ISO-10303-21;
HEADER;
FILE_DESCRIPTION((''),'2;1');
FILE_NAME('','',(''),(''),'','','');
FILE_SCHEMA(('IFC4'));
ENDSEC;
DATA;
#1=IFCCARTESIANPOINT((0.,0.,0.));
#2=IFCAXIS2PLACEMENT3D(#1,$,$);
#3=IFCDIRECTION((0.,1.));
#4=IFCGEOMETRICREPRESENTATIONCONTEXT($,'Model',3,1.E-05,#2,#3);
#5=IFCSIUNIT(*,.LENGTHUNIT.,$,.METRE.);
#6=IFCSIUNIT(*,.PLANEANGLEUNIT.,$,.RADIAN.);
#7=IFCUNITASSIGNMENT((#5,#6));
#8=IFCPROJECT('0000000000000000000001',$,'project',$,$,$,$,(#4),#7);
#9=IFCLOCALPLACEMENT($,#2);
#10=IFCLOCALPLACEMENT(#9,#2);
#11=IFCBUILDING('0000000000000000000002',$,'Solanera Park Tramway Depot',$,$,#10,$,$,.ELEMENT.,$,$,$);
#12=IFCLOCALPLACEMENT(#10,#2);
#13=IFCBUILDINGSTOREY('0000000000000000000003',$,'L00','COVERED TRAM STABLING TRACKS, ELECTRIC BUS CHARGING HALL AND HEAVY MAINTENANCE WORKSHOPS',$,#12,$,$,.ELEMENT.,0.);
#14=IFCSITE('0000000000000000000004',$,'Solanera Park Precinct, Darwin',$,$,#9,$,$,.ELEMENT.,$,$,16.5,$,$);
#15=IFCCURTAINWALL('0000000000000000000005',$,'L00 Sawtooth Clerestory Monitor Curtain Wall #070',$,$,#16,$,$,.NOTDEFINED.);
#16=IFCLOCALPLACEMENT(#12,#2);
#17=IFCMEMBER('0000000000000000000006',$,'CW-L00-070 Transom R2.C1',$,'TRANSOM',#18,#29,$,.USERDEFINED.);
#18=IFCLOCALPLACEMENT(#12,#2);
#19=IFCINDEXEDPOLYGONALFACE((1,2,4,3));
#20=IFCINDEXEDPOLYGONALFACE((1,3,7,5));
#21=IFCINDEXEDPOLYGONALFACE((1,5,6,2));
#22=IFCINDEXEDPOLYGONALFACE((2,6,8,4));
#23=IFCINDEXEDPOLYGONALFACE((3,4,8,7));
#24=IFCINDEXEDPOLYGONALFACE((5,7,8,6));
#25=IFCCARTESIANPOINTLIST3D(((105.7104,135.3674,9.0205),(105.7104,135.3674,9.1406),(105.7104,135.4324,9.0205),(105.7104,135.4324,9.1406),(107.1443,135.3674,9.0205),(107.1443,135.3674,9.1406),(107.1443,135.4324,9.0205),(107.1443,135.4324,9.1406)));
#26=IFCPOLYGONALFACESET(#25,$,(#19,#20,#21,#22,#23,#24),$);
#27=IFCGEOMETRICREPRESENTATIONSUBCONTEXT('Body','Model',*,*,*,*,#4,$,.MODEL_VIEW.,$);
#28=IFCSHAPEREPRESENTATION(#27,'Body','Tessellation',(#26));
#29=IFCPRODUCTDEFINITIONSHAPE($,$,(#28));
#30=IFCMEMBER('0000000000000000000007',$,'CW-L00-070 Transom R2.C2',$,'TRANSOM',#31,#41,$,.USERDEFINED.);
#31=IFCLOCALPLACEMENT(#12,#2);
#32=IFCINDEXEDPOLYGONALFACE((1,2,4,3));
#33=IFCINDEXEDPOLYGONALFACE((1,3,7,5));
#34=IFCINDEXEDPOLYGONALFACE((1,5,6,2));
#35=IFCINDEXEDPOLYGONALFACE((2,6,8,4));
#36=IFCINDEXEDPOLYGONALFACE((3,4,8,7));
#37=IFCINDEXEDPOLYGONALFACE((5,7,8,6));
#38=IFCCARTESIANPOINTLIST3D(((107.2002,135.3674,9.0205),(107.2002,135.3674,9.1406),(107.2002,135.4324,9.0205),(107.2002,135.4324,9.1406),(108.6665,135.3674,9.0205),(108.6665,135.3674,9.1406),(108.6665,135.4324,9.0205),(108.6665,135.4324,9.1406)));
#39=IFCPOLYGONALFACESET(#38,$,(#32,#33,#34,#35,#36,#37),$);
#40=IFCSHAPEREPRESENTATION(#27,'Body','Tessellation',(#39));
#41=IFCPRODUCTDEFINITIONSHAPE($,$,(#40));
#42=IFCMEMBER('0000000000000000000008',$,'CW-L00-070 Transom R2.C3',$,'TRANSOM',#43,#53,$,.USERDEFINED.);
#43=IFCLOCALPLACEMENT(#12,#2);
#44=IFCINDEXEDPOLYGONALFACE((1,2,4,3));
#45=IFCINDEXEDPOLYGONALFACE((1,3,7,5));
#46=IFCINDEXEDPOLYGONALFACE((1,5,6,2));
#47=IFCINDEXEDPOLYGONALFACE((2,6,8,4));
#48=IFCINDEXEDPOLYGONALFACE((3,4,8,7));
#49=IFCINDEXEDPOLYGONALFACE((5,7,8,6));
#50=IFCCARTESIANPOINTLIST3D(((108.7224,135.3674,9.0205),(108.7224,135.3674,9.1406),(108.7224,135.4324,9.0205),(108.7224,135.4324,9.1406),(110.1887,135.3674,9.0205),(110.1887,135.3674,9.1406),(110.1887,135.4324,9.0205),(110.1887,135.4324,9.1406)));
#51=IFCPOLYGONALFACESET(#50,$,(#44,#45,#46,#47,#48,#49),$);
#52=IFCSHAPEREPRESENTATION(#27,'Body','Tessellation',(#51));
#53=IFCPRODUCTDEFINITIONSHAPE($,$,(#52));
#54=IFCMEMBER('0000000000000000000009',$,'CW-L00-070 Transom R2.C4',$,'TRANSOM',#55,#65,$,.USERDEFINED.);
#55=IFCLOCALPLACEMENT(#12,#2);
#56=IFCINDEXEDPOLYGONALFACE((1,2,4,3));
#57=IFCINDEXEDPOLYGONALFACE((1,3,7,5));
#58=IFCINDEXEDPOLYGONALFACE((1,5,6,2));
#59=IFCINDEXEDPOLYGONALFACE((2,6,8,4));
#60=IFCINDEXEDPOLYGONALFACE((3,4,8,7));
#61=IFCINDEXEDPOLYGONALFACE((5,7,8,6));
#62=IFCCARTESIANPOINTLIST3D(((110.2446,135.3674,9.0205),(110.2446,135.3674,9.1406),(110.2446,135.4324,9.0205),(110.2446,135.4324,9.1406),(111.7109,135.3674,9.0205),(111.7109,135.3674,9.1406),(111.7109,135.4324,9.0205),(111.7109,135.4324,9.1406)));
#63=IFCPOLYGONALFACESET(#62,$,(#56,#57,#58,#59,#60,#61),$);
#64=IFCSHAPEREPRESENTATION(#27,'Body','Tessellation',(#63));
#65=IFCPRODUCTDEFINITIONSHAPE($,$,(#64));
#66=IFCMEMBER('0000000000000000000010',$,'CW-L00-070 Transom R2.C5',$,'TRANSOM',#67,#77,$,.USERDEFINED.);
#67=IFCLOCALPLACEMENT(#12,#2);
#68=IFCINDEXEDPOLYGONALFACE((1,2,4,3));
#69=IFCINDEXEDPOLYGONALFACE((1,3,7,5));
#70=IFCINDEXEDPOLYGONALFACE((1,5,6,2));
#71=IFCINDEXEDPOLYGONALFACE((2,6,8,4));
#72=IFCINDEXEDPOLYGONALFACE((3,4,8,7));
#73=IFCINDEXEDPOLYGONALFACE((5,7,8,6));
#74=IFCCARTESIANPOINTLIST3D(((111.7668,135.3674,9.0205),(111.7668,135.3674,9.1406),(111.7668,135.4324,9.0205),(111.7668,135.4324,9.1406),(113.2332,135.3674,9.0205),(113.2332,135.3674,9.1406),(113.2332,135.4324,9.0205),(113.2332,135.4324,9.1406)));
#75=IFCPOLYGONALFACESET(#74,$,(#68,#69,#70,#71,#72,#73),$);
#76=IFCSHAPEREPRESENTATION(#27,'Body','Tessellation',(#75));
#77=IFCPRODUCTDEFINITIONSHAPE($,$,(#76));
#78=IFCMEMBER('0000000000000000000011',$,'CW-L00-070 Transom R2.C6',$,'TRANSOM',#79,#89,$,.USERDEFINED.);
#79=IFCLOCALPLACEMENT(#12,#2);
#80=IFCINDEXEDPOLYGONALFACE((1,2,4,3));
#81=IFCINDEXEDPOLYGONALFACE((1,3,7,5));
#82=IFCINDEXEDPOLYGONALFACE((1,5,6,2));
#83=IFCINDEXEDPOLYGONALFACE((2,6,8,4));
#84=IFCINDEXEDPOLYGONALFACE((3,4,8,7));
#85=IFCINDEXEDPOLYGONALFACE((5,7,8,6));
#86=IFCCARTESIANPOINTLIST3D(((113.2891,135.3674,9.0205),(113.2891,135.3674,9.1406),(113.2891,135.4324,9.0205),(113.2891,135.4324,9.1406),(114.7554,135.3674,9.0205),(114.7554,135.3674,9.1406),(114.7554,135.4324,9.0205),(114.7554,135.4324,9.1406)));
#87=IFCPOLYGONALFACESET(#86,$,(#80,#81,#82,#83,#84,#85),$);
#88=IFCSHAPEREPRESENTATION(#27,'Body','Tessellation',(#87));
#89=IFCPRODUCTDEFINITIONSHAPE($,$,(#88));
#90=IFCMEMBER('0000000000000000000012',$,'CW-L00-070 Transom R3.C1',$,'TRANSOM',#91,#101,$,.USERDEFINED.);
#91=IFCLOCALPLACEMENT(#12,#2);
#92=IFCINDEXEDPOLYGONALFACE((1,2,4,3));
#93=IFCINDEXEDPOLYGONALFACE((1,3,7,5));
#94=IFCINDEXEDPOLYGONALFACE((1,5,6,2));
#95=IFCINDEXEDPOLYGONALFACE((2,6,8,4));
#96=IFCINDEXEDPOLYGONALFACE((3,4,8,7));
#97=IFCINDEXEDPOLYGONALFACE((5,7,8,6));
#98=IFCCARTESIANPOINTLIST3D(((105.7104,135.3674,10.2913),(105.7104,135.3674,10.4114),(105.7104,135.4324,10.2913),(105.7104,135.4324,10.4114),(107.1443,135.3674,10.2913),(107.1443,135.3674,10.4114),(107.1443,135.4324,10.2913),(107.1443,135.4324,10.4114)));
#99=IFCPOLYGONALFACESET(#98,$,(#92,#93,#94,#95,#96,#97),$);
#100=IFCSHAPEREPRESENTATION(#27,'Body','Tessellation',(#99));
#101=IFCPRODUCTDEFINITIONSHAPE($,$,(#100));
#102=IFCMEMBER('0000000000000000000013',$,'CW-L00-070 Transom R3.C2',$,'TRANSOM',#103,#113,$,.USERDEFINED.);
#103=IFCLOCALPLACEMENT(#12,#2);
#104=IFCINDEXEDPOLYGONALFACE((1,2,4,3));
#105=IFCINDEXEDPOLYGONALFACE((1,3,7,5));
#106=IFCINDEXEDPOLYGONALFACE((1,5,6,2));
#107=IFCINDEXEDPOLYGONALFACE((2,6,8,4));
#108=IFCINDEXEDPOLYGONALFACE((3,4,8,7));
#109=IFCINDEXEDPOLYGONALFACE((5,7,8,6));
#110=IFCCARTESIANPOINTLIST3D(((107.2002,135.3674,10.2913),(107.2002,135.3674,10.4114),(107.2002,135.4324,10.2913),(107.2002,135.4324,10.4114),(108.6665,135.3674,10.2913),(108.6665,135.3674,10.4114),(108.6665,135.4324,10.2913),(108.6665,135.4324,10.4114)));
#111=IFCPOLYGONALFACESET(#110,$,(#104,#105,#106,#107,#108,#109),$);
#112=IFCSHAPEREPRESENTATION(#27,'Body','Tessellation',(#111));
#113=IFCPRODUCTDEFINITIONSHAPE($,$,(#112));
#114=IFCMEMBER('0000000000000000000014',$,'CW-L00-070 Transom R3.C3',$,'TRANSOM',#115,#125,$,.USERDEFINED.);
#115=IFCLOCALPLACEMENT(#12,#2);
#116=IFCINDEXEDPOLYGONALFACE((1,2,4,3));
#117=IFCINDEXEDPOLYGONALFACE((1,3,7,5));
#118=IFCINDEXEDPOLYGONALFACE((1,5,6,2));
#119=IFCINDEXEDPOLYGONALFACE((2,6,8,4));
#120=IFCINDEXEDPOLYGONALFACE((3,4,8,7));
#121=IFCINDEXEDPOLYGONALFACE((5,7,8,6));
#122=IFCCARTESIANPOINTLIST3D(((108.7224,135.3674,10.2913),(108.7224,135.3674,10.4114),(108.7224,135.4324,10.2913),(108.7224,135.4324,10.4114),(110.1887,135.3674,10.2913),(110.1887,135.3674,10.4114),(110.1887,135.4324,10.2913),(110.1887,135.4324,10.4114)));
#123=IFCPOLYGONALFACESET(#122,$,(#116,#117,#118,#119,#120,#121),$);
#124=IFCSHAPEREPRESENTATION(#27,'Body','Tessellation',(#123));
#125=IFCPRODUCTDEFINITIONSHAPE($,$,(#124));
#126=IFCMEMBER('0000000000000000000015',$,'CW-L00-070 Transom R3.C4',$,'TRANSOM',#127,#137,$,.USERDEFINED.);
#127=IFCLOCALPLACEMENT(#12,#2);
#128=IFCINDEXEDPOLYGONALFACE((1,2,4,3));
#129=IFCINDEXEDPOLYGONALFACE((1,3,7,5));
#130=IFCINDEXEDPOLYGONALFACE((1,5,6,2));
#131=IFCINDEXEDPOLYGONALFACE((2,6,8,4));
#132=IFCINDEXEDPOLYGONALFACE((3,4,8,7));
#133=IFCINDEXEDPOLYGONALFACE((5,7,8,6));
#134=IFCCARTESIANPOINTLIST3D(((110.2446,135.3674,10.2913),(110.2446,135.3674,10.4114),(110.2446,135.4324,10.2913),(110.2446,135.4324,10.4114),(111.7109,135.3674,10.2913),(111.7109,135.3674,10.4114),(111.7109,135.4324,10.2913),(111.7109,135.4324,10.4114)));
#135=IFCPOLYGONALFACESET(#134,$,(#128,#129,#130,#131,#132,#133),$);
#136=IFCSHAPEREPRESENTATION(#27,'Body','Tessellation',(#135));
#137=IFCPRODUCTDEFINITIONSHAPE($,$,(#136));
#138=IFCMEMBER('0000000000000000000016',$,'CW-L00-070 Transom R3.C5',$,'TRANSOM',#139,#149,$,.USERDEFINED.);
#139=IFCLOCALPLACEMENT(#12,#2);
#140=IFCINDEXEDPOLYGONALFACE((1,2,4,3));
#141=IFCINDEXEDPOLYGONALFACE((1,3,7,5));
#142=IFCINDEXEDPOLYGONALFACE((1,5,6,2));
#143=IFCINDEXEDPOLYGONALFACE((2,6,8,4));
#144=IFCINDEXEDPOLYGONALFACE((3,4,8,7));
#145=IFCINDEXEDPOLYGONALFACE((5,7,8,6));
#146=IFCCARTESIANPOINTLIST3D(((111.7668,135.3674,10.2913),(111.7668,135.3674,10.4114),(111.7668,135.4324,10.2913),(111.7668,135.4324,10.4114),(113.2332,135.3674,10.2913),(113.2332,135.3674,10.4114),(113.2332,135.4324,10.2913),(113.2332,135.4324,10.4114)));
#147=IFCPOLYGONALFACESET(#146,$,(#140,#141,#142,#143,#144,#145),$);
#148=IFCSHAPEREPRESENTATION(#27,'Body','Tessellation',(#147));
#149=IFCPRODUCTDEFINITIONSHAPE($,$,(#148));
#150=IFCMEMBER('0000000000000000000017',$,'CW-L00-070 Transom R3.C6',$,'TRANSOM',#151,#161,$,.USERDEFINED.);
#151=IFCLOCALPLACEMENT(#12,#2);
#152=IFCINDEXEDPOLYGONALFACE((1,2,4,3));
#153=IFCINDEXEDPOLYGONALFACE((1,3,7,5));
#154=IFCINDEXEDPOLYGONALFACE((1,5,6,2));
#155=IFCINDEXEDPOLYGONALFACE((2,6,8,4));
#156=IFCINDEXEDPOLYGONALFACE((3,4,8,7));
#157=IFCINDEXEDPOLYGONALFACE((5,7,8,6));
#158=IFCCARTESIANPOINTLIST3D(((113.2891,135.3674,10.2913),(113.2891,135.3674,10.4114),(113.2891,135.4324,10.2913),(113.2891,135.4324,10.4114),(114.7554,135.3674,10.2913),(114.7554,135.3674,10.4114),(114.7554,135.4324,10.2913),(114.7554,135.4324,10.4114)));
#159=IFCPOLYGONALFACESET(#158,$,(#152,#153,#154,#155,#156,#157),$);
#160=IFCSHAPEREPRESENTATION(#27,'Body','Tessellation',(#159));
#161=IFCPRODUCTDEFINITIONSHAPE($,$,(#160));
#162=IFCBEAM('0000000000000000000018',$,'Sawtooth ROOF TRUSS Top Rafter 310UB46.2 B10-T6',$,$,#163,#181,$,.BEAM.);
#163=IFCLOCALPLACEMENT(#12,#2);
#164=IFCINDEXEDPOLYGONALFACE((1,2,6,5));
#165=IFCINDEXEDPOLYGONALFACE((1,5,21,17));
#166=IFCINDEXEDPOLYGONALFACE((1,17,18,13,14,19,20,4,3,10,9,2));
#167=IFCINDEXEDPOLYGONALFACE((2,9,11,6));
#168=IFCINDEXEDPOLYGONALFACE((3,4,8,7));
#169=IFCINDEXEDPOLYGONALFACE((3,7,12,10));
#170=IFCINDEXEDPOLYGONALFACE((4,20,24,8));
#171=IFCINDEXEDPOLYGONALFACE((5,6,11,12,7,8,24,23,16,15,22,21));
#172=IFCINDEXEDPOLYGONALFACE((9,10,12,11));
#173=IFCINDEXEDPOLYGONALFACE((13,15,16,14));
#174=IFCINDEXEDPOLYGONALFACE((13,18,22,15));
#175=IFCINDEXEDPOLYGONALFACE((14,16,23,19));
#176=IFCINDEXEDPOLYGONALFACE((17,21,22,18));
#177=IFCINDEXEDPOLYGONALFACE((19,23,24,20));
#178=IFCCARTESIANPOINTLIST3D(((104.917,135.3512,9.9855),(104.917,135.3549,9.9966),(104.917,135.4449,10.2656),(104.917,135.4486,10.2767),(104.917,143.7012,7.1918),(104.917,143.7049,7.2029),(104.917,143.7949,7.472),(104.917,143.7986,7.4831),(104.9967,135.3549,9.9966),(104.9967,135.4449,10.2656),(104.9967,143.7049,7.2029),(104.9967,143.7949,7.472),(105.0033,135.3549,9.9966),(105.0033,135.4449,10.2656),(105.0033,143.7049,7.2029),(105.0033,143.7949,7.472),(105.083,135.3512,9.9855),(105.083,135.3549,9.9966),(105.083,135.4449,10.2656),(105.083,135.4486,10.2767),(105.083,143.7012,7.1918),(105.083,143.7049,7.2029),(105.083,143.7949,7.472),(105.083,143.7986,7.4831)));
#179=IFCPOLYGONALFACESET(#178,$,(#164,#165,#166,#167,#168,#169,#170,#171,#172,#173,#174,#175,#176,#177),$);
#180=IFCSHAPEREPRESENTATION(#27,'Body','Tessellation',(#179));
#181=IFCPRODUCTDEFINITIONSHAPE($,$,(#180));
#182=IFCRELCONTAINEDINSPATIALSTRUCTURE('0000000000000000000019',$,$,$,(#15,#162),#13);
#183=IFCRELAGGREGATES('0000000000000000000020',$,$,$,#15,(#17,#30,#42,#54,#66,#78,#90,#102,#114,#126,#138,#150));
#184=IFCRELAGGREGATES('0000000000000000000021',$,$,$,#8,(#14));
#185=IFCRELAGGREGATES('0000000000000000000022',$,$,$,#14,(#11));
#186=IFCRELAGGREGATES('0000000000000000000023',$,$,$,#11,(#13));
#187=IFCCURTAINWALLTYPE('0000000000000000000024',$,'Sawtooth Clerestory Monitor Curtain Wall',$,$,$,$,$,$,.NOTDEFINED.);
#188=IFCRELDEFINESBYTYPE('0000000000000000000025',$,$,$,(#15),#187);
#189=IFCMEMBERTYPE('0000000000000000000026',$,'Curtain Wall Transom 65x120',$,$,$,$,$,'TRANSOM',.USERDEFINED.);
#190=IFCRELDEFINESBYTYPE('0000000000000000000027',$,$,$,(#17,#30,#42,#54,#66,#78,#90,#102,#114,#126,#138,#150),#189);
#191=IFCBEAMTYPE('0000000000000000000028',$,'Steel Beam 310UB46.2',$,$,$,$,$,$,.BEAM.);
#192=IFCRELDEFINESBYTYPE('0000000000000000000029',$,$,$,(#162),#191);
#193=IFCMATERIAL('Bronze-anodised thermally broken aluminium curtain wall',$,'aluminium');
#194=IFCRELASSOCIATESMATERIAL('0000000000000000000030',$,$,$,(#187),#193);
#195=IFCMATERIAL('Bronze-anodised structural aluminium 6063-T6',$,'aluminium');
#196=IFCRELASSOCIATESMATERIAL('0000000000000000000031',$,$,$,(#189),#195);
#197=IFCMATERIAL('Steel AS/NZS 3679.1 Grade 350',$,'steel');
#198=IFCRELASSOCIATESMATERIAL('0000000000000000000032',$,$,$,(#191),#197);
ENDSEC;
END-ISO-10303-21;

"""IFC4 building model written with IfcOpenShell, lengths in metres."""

from ifc_helpers import new_model, si_unit, direction, frame, origin, origin_2d, place, context, subcontext, project, spatial, rectangle, i_section, extrude, material, material_profile, profile_set, type_object, element, aggregate, save


model = new_model("IFC4")

# Units and contexts
model_context = context("Model", 3, precision=1e-05, world=origin(), true_north=direction((0.0, 1.0)))
body_context = subcontext(model_context, "Body", "Model", "MODEL_VIEW")
ifc_project = project(units=[si_unit("LENGTHUNIT", "METRE"), si_unit("PLANEANGLEUNIT", "RADIAN")], contexts=[model_context])

# Site, building, storey
site_placement = place(None, origin())
site = spatial("IfcSite", under=ifc_project, at=site_placement, Name="Solanera Park Precinct, Darwin", CompositionType="ELEMENT", RefElevation=16.5)
building_placement = place(site_placement, origin())
building = spatial("IfcBuilding", under=site, at=building_placement, Name="Solanera Park Tramway Depot", CompositionType="ELEMENT")
storey_placement = place(building_placement, origin())
storey = spatial("IfcBuildingStorey", under=building, at=storey_placement, Name="L00", Description="COVERED TRAM STABLING TRACKS, ELECTRIC BUS CHARGING HALL AND HEAVY MAINTENANCE WORKSHOPS", CompositionType="ELEMENT", Elevation=0.0)

# Curtain wall, members
ifc_material_1 = material(Name="Bronze-anodised thermally broken aluminium curtain wall", Category="aluminium")
curtain_wall_type = type_object("IfcCurtainWallType", Name="Sawtooth Clerestory Monitor Curtain Wall", PredefinedType="NOTDEFINED", material=ifc_material_1)
curtain_wall_placement = place(storey_placement, origin())
curtain_wall = element("IfcCurtainWall", 1, at=curtain_wall_placement, inside=storey, type_object=curtain_wall_type, Name="L00 Sawtooth Clerestory Monitor Curtain Wall #070", PredefinedType="NOTDEFINED")
ifc_material_2 = material(Name="Bronze-anodised structural aluminium 6063-T6", Category="aluminium")
ifc_material_profile_1 = material_profile(ifc_material_2, rectangle(XDim=0.0649, YDim=0.1201, at=origin_2d()), Name="Curtain Wall Transom 65x120")
ifc_profile_set_1 = profile_set([ifc_material_profile_1], Name="Bronze-anodised structural aluminium 6063-T6")
member_type = type_object("IfcMemberType", Name="Curtain Wall Transom 65x120", ElementType="TRANSOM", PredefinedType="USERDEFINED", material=ifc_profile_set_1)
member_1_placement = place(storey_placement, frame((105.7104, 135.3999, 9.0806), z_axis=(1.0, 0.0, 0.0), x_axis=(0.0, 1.0, 0.0)))
member_1 = element("IfcMember", 2, at=member_1_placement, type_object=member_type, Name="CW-L00-070 Transom R2.C1", ObjectType="TRANSOM", PredefinedType="USERDEFINED", context=body_context, shape_type="SweptSolid", body=[
    extrude(rectangle(XDim=0.0649, YDim=0.1201, at=origin_2d()), origin(), (0.0, 0.0, 1.0), 1.4338),
])
member_2_placement = place(storey_placement, frame((107.2002, 135.3999, 9.0806), z_axis=(1.0, 0.0, 0.0), x_axis=(0.0, 1.0, 0.0)))
member_2 = element("IfcMember", 3, at=member_2_placement, type_object=member_type, Name="CW-L00-070 Transom R2.C2", ObjectType="TRANSOM", PredefinedType="USERDEFINED", context=body_context, shape_type="SweptSolid", body=[
    extrude(rectangle(XDim=0.0649, YDim=0.1201, at=origin_2d()), origin(), (0.0, 0.0, 1.0), 1.4663),
])
member_3_placement = place(storey_placement, frame((108.7224, 135.3999, 9.0806), z_axis=(1.0, 0.0, 0.0), x_axis=(0.0, 1.0, 0.0)))
member_3 = element("IfcMember", 4, at=member_3_placement, type_object=member_type, Name="CW-L00-070 Transom R2.C3", ObjectType="TRANSOM", PredefinedType="USERDEFINED", context=body_context, shape_type="SweptSolid", body=[
    extrude(rectangle(XDim=0.0649, YDim=0.1201, at=origin_2d()), origin(), (0.0, 0.0, 1.0), 1.4663),
])
member_4_placement = place(storey_placement, frame((110.2446, 135.3999, 9.0806), z_axis=(1.0, 0.0, 0.0), x_axis=(0.0, 1.0, 0.0)))
member_4 = element("IfcMember", 5, at=member_4_placement, type_object=member_type, Name="CW-L00-070 Transom R2.C4", ObjectType="TRANSOM", PredefinedType="USERDEFINED", context=body_context, shape_type="SweptSolid", body=[
    extrude(rectangle(XDim=0.0649, YDim=0.1201, at=origin_2d()), origin(), (0.0, 0.0, 1.0), 1.4663),
])
member_5_placement = place(storey_placement, frame((111.7668, 135.3999, 9.0806), z_axis=(1.0, 0.0, 0.0), x_axis=(0.0, 1.0, 0.0)))
member_5 = element("IfcMember", 6, at=member_5_placement, type_object=member_type, Name="CW-L00-070 Transom R2.C5", ObjectType="TRANSOM", PredefinedType="USERDEFINED", context=body_context, shape_type="SweptSolid", body=[
    extrude(rectangle(XDim=0.0649, YDim=0.1201, at=origin_2d()), origin(), (0.0, 0.0, 1.0), 1.4663),
])
member_6_placement = place(storey_placement, frame((113.2891, 135.3999, 9.0806), z_axis=(1.0, 0.0, 0.0), x_axis=(0.0, 1.0, 0.0)))
member_6 = element("IfcMember", 7, at=member_6_placement, type_object=member_type, Name="CW-L00-070 Transom R2.C6", ObjectType="TRANSOM", PredefinedType="USERDEFINED", context=body_context, shape_type="SweptSolid", body=[
    extrude(rectangle(XDim=0.0649, YDim=0.1201, at=origin_2d()), origin(), (0.0, 0.0, 1.0), 1.4663),
])
member_7_placement = place(storey_placement, frame((105.7104, 135.3999, 10.3513), z_axis=(1.0, 0.0, 0.0), x_axis=(0.0, 1.0, 0.0)))
member_7 = element("IfcMember", 8, at=member_7_placement, type_object=member_type, Name="CW-L00-070 Transom R3.C1", ObjectType="TRANSOM", PredefinedType="USERDEFINED", context=body_context, shape_type="SweptSolid", body=[
    extrude(rectangle(XDim=0.0649, YDim=0.1201, at=origin_2d()), origin(), (0.0, 0.0, 1.0), 1.4338),
])
member_8_placement = place(storey_placement, frame((107.2002, 135.3999, 10.3513), z_axis=(1.0, 0.0, 0.0), x_axis=(0.0, 1.0, 0.0)))
member_8 = element("IfcMember", 9, at=member_8_placement, type_object=member_type, Name="CW-L00-070 Transom R3.C2", ObjectType="TRANSOM", PredefinedType="USERDEFINED", context=body_context, shape_type="SweptSolid", body=[
    extrude(rectangle(XDim=0.0649, YDim=0.1201, at=origin_2d()), origin(), (0.0, 0.0, 1.0), 1.4663),
])
member_9_placement = place(storey_placement, frame((108.7224, 135.3999, 10.3513), z_axis=(1.0, 0.0, 0.0), x_axis=(0.0, 1.0, 0.0)))
member_9 = element("IfcMember", 10, at=member_9_placement, type_object=member_type, Name="CW-L00-070 Transom R3.C3", ObjectType="TRANSOM", PredefinedType="USERDEFINED", context=body_context, shape_type="SweptSolid", body=[
    extrude(rectangle(XDim=0.0649, YDim=0.1201, at=origin_2d()), origin(), (0.0, 0.0, 1.0), 1.4663),
])
member_10_placement = place(storey_placement, frame((110.2446, 135.3999, 10.3513), z_axis=(1.0, 0.0, 0.0), x_axis=(0.0, 1.0, 0.0)))
member_10 = element("IfcMember", 11, at=member_10_placement, type_object=member_type, Name="CW-L00-070 Transom R3.C4", ObjectType="TRANSOM", PredefinedType="USERDEFINED", context=body_context, shape_type="SweptSolid", body=[
    extrude(rectangle(XDim=0.0649, YDim=0.1201, at=origin_2d()), origin(), (0.0, 0.0, 1.0), 1.4663),
])
member_11_placement = place(storey_placement, frame((111.7668, 135.3999, 10.3513), z_axis=(1.0, 0.0, 0.0), x_axis=(0.0, 1.0, 0.0)))
member_11 = element("IfcMember", 12, at=member_11_placement, type_object=member_type, Name="CW-L00-070 Transom R3.C5", ObjectType="TRANSOM", PredefinedType="USERDEFINED", context=body_context, shape_type="SweptSolid", body=[
    extrude(rectangle(XDim=0.0649, YDim=0.1201, at=origin_2d()), origin(), (0.0, 0.0, 1.0), 1.4663),
])
member_12_placement = place(storey_placement, frame((113.2891, 135.3999, 10.3513), z_axis=(1.0, 0.0, 0.0), x_axis=(0.0, 1.0, 0.0)))
member_12 = element("IfcMember", 13, at=member_12_placement, type_object=member_type, Name="CW-L00-070 Transom R3.C6", ObjectType="TRANSOM", PredefinedType="USERDEFINED", context=body_context, shape_type="SweptSolid", body=[
    extrude(rectangle(XDim=0.0649, YDim=0.1201, at=origin_2d()), origin(), (0.0, 0.0, 1.0), 1.4663),
])

# Beam
ifc_material_3 = material(Name="Steel AS/NZS 3679.1 Grade 350", Category="steel")
ifc_material_profile_2 = material_profile(ifc_material_3, i_section(OverallWidth=0.166, OverallDepth=0.3071, WebThickness=0.0066, FlangeThickness=0.0117, at=origin_2d()), Name="310UB46.2")
ifc_profile_set_2 = profile_set([ifc_material_profile_2], Name="Steel AS/NZS 3679.1 Grade 350")
beam_type_1 = type_object("IfcBeamType", Name="Steel Beam 310UB46.2", PredefinedType="BEAM", material=ifc_profile_set_2)
beam_1_placement = place(storey_placement, frame((105.0, 135.3999, 10.1311), z_axis=(0.0, 0.948331, -0.317284), x_axis=(-1.0, 0.0, 0.0)))
element("IfcBeam", 14, at=beam_1_placement, inside=storey, type_object=beam_type_1, Name="Sawtooth ROOF TRUSS Top Rafter 310UB46.2 B10-T6", PredefinedType="BEAM", context=body_context, shape_type="SweptSolid", body=[
    extrude(i_section(OverallWidth=0.166, OverallDepth=0.3071, WebThickness=0.0066, FlangeThickness=0.0117, at=origin_2d()), origin(), (0.0, 0.0, 1.0), 8.8049),
])

aggregate(curtain_wall, [member_1, member_2, member_3, member_4, member_5, member_6, member_7, member_8, member_9, member_10, member_11, member_12])

save(model, "model.ifc")
